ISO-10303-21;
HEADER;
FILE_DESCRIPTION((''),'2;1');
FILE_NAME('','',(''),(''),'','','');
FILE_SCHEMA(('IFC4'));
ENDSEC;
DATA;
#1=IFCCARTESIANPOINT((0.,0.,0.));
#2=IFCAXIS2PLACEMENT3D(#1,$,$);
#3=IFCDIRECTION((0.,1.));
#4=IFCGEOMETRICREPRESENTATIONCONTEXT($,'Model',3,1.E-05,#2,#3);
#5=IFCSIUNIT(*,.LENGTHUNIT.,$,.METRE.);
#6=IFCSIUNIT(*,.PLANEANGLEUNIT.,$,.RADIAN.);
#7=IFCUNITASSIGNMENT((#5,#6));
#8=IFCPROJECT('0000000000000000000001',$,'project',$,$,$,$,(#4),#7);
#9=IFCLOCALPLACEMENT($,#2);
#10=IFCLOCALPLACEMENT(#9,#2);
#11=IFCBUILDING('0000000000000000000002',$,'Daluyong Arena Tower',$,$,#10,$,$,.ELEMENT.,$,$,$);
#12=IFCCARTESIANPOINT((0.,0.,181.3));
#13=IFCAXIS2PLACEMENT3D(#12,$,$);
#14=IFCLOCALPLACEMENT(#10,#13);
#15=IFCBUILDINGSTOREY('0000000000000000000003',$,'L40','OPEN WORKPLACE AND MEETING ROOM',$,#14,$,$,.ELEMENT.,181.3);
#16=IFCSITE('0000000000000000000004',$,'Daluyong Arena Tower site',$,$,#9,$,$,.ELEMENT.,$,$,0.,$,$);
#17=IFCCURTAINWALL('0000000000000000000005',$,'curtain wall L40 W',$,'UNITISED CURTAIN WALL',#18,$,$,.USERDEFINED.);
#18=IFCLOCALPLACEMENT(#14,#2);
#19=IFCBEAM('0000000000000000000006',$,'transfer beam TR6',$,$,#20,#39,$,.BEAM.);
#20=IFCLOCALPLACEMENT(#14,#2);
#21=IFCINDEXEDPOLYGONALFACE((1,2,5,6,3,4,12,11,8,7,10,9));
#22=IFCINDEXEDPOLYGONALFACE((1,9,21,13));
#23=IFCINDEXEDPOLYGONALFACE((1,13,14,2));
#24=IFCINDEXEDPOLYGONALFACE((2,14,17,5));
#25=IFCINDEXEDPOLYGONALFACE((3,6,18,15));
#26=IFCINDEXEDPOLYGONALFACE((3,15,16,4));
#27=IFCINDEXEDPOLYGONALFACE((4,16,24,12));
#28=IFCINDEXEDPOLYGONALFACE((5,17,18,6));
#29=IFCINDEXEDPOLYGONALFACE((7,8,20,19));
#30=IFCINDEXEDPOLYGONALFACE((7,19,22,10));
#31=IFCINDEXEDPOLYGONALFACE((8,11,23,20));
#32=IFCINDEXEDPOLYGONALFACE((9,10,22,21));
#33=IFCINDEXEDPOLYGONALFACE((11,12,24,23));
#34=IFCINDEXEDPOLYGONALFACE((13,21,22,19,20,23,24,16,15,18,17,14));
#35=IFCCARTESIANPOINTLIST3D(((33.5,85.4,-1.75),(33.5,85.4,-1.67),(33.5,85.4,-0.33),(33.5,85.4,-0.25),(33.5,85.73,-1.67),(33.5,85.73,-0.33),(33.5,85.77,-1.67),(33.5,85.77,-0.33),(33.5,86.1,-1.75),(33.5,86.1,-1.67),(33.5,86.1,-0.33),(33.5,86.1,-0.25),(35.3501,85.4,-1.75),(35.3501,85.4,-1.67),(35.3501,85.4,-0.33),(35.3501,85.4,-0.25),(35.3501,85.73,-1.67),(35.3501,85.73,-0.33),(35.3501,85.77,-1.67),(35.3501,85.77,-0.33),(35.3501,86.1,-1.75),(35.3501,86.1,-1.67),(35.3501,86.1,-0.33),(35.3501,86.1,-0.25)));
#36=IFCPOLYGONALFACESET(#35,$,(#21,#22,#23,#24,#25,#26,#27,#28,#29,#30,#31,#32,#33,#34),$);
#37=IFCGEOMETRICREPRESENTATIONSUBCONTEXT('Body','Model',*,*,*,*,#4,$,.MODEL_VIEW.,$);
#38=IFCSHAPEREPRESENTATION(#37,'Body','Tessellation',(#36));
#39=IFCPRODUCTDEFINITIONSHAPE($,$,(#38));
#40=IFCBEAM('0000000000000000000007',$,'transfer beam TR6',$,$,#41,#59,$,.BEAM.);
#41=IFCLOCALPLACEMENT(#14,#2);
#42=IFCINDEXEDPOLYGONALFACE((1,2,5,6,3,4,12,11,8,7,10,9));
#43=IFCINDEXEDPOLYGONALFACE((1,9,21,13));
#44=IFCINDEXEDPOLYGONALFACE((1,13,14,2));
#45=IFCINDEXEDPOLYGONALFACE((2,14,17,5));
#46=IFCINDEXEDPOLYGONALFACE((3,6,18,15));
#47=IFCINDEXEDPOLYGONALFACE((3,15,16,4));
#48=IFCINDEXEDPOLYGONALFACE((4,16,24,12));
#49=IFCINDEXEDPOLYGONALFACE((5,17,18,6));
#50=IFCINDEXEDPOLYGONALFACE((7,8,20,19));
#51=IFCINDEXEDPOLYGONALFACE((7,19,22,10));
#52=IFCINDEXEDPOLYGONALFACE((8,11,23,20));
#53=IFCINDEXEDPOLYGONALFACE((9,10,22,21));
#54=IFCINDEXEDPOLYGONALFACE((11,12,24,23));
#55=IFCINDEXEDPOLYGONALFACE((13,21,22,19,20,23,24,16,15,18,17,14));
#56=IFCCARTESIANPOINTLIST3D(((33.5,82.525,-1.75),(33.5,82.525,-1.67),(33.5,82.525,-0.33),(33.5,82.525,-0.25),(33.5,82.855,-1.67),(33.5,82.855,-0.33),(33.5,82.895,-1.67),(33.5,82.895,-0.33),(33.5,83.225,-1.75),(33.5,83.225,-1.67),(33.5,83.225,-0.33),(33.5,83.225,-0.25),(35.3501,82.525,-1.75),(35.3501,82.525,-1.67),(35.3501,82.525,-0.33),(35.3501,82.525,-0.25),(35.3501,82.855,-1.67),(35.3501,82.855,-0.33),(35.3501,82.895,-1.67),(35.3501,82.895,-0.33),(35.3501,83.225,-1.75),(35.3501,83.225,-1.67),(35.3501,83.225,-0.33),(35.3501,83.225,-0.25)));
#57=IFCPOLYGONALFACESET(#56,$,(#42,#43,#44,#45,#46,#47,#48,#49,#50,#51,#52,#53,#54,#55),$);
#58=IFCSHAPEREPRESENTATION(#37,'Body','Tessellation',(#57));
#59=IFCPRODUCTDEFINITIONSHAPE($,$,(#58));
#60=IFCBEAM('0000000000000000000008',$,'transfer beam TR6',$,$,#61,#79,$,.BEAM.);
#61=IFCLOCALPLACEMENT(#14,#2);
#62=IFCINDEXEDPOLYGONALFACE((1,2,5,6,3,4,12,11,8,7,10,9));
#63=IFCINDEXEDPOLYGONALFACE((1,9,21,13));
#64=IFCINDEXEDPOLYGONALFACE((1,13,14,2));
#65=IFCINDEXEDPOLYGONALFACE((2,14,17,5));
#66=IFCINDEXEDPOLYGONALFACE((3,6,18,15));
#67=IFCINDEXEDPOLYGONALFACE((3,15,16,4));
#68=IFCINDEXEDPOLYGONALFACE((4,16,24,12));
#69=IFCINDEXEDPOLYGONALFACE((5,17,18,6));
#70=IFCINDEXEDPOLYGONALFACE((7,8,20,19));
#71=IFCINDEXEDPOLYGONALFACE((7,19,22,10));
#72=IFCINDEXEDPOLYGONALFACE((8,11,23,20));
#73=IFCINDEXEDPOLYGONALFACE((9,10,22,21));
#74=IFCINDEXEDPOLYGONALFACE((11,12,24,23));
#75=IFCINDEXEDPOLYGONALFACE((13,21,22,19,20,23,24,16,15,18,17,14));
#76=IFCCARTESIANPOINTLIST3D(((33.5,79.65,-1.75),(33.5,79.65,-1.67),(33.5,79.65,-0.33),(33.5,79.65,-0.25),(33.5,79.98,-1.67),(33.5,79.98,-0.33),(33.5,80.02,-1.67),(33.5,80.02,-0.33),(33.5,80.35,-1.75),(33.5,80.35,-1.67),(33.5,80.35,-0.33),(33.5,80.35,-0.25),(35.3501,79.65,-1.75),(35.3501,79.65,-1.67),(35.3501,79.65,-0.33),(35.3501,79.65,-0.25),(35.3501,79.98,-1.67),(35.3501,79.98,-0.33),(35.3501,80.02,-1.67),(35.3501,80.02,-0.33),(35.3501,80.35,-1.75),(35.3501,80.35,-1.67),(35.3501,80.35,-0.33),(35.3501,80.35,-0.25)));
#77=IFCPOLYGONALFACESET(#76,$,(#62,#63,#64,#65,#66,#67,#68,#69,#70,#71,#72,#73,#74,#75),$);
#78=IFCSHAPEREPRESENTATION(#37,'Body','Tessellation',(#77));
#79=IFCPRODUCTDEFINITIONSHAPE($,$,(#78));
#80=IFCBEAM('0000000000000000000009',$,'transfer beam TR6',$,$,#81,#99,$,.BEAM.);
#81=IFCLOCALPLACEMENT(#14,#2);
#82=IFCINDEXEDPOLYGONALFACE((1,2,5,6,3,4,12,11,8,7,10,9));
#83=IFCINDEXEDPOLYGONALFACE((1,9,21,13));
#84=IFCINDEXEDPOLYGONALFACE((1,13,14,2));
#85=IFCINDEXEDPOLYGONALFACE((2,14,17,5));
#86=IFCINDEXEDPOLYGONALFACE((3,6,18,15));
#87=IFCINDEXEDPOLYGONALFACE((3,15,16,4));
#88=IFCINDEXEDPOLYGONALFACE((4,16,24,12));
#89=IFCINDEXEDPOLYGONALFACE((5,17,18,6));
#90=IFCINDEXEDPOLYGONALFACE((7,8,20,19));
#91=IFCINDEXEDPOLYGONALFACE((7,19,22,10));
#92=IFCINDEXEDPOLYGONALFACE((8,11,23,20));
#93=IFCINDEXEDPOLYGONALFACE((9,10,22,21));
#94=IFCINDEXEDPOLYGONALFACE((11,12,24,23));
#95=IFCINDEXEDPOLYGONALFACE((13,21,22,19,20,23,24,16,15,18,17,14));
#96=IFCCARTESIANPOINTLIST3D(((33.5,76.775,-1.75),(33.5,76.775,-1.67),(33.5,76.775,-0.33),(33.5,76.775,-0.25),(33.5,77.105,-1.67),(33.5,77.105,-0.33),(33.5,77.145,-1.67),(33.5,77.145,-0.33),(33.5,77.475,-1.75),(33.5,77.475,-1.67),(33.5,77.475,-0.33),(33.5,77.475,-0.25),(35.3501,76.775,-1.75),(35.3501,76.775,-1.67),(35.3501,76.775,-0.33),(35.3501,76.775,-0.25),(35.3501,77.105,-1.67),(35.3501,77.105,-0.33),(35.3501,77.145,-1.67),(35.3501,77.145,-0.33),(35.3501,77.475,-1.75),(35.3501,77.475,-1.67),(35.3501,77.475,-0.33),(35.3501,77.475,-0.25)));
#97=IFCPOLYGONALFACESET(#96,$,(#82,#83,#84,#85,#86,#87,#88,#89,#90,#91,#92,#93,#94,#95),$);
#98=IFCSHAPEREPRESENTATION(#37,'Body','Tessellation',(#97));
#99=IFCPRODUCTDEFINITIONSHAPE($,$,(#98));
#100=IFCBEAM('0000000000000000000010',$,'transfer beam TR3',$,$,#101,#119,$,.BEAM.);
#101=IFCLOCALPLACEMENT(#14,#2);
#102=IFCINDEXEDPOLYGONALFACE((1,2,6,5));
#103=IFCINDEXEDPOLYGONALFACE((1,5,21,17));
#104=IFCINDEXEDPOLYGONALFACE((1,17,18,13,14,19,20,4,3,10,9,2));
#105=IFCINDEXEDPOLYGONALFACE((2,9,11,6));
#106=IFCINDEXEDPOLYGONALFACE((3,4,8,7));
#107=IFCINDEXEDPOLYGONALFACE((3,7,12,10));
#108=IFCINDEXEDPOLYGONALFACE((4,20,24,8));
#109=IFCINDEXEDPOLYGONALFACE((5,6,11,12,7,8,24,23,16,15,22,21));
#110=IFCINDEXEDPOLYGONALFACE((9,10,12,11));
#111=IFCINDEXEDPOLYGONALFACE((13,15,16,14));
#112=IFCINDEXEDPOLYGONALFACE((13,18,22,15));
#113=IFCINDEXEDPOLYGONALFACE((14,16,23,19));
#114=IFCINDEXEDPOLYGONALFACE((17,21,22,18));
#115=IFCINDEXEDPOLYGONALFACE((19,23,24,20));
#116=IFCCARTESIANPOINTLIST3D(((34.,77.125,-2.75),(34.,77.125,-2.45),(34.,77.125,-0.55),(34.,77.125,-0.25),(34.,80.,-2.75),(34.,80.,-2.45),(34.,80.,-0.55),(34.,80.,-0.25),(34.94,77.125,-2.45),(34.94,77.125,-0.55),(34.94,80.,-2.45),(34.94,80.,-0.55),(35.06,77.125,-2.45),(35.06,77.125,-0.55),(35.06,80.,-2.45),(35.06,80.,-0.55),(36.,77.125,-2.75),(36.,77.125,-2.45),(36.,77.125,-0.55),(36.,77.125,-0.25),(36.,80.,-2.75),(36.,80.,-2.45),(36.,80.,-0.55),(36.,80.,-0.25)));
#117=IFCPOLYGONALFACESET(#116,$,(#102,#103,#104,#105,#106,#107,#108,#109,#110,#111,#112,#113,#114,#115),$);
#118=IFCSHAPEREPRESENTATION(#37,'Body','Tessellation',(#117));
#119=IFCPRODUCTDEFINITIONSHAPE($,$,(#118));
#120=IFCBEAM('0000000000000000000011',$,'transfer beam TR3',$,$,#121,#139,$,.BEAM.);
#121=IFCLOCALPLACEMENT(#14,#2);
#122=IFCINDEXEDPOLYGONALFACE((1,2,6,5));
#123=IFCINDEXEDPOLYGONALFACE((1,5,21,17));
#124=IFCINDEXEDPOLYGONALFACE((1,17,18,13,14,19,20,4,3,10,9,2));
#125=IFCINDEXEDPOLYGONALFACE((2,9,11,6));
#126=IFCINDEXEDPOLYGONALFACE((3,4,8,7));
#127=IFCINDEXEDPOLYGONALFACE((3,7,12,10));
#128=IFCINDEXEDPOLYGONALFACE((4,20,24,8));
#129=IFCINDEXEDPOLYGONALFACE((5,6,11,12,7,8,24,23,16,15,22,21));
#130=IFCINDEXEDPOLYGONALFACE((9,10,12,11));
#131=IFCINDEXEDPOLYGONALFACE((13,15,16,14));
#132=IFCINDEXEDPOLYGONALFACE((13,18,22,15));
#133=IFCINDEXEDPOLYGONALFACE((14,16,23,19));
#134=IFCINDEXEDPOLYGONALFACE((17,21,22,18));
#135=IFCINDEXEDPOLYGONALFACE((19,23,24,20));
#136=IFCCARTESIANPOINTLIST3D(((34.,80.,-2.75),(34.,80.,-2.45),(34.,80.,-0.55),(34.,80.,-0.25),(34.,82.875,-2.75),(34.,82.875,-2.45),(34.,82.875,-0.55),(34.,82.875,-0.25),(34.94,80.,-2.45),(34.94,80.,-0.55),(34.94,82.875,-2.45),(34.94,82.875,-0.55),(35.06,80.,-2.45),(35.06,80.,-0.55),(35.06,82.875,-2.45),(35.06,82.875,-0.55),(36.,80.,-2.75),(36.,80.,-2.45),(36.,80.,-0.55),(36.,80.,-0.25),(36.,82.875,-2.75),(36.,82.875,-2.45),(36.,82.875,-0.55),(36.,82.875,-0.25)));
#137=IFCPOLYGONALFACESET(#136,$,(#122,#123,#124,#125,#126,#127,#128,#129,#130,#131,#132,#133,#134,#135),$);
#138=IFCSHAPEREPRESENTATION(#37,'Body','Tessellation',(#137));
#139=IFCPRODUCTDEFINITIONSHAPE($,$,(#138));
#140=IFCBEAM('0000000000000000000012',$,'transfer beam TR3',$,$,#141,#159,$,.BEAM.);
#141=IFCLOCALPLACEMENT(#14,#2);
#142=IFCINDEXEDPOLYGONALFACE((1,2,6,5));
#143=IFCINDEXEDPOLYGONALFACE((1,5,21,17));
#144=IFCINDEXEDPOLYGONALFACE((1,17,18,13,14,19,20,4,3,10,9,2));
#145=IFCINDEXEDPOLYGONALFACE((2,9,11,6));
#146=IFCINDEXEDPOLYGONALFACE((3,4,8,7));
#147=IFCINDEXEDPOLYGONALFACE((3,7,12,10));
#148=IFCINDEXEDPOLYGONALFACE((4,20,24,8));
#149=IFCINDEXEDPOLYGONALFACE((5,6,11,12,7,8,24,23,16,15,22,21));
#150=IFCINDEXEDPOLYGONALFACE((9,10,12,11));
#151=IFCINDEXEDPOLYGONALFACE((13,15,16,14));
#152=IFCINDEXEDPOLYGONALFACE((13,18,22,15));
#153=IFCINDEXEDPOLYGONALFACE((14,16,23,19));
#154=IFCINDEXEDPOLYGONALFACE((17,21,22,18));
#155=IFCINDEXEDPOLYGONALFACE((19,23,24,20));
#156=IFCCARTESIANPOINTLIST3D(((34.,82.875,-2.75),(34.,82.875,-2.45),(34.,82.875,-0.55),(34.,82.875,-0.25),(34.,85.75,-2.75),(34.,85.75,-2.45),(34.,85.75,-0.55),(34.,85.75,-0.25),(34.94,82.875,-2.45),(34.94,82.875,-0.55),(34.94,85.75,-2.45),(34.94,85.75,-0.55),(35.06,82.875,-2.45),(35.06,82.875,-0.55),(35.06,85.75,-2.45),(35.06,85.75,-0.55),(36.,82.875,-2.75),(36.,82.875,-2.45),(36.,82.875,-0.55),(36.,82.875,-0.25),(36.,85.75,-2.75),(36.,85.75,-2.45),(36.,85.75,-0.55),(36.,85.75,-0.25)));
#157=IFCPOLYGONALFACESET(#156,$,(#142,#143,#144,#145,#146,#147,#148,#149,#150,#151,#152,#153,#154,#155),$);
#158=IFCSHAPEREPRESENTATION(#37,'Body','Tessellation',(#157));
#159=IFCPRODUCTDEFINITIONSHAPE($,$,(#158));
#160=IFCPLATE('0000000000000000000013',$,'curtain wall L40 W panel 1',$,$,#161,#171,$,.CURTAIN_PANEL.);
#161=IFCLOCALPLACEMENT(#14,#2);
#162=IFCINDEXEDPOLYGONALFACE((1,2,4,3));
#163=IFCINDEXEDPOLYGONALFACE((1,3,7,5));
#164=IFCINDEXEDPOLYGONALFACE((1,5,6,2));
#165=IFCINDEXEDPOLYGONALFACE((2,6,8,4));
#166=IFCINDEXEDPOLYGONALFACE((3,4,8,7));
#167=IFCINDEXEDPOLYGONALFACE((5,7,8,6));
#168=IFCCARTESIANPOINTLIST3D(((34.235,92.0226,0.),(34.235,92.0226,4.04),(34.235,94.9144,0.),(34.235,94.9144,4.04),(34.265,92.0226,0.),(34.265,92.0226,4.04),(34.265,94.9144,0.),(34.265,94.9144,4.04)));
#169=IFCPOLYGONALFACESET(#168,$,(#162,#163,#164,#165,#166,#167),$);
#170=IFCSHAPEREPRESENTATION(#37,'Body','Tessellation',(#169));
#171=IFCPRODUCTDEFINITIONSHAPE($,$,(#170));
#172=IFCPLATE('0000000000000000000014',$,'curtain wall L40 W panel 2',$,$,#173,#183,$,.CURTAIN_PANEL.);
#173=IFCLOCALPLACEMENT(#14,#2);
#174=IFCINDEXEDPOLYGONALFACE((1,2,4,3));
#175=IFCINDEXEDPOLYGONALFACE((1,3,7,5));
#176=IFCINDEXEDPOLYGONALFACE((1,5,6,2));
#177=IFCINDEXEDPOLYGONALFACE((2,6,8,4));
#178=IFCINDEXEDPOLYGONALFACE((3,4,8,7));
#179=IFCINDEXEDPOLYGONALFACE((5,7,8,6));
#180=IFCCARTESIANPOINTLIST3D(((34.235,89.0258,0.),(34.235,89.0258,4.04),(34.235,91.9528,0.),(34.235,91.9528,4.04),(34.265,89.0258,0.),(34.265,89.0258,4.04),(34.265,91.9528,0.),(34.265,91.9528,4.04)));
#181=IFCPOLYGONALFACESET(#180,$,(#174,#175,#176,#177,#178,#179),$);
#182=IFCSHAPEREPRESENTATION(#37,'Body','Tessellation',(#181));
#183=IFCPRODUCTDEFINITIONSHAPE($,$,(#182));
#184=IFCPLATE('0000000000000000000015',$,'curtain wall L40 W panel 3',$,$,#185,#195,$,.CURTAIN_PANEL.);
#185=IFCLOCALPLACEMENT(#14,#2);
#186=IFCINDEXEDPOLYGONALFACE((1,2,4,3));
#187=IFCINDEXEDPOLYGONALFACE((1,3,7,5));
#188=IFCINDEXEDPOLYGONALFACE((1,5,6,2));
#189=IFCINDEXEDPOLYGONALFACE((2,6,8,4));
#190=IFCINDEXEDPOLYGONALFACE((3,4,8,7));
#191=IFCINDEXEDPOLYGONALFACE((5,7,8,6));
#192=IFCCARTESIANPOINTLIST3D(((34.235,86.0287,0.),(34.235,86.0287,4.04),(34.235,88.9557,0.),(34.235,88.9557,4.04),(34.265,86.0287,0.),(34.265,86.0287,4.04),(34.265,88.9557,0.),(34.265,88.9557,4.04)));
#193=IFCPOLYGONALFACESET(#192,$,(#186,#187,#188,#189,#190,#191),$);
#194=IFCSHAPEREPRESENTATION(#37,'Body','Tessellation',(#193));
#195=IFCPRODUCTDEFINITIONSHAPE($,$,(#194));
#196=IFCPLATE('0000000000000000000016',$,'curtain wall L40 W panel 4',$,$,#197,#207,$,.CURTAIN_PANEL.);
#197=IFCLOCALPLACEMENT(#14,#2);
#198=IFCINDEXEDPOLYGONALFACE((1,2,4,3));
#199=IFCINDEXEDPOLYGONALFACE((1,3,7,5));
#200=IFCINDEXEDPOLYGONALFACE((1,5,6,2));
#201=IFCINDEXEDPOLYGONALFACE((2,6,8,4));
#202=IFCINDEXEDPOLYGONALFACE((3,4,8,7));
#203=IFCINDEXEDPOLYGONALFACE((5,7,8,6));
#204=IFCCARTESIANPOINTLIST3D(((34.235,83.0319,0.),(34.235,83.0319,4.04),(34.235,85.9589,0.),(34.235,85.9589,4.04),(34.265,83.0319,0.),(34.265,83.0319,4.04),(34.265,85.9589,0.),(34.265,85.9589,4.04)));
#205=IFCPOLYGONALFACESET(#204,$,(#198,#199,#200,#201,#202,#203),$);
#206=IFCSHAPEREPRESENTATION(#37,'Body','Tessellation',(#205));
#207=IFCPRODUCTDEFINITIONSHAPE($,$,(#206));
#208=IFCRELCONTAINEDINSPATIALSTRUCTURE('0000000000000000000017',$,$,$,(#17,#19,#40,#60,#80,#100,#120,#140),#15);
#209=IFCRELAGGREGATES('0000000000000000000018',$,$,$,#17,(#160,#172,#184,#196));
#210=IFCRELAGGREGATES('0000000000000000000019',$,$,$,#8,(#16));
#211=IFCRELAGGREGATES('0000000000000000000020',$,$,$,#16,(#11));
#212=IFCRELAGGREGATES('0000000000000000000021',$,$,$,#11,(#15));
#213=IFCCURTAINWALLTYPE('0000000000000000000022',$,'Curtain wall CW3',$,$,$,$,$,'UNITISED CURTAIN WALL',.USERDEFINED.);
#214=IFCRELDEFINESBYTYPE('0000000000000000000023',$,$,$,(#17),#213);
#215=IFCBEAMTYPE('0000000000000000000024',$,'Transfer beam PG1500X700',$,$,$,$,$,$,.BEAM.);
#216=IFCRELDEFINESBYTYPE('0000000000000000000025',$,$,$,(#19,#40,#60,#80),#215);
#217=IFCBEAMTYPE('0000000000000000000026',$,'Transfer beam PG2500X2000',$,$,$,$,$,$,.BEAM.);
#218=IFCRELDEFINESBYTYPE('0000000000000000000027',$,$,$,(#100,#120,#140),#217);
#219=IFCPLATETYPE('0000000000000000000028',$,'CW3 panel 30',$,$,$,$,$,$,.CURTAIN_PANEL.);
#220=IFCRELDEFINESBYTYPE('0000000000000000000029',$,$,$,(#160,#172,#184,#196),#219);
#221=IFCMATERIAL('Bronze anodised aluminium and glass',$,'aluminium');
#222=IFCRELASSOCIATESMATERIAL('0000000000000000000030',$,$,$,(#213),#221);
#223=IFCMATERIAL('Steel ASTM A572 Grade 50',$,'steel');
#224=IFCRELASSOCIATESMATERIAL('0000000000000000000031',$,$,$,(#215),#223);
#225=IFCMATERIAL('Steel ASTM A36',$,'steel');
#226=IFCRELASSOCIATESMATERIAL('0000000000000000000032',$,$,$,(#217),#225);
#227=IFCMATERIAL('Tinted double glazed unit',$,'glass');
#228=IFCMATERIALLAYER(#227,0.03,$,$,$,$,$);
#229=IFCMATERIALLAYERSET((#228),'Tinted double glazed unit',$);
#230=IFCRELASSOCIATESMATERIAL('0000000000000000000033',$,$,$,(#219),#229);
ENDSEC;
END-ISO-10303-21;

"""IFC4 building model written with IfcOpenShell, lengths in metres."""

from ifc_helpers import new_model, si_unit, direction, frame, origin, origin_2d, place, context, subcontext, project, spatial, rectangle, i_section, extrude, material, layer, layer_set, material_profile, profile_set, type_object, element, aggregate, save


model = new_model("IFC4")

# Units and contexts
model_context = context("Model", 3, precision=1e-05, world=origin(), true_north=direction((0.0, 1.0)))
body_context = subcontext(model_context, "Body", "Model", "MODEL_VIEW")
ifc_project = project(units=[si_unit("LENGTHUNIT", "METRE"), si_unit("PLANEANGLEUNIT", "RADIAN")], contexts=[model_context])

# Site, building, storey
site_placement = place(None, origin())
site = spatial("IfcSite", under=ifc_project, at=site_placement, Name="Daluyong Arena Tower site", CompositionType="ELEMENT", RefElevation=0.0)
building_placement = place(site_placement, origin())
building = spatial("IfcBuilding", under=site, at=building_placement, Name="Daluyong Arena Tower", CompositionType="ELEMENT")
storey_placement = place(building_placement, frame((0.0, 0.0, 181.3)))
storey = spatial("IfcBuildingStorey", under=building, at=storey_placement, Name="L40", Description="OPEN WORKPLACE AND MEETING ROOM", CompositionType="ELEMENT", Elevation=181.3)

# Curtain wall
ifc_material_1 = material(Name="Bronze anodised aluminium and glass", Category="aluminium")
curtain_wall_type = type_object("IfcCurtainWallType", Name="Curtain wall CW3", ElementType="UNITISED CURTAIN WALL", PredefinedType="USERDEFINED", material=ifc_material_1)
curtain_wall_placement = place(storey_placement, origin())
curtain_wall = element("IfcCurtainWall", 1, at=curtain_wall_placement, inside=storey, type_object=curtain_wall_type, Name="curtain wall L40 W", ObjectType="UNITISED CURTAIN WALL", PredefinedType="USERDEFINED")

# Beams
ifc_material_2 = material(Name="Steel ASTM A572 Grade 50", Category="steel")
ifc_material_profile_1 = material_profile(ifc_material_2, i_section(OverallWidth=0.7, OverallDepth=1.5, WebThickness=0.04, FlangeThickness=0.08, at=origin_2d()))
ifc_profile_set_1 = profile_set([ifc_material_profile_1], Name="Steel ASTM A572 Grade 50")
beam_type_1 = type_object("IfcBeamType", Name="Transfer beam PG1500X700", PredefinedType="BEAM", material=ifc_profile_set_1)
for number, where, z_axis, x_axis, name in (
    (2, (33.5, 85.75, -1.0), (1.0, 0.0, 0.0), (0.0, 1.0, 0.0), "transfer beam TR6"),
    (3, (33.5, 82.875, -1.0), (1.0, 0.0, 0.0), (0.0, 1.0, 0.0), "transfer beam TR6"),
    (4, (33.5, 80.0, -1.0), (1.0, 0.0, 0.0), (0.0, 1.0, 0.0), "transfer beam TR6"),
    (5, (33.5, 77.125, -1.0), (1.0, 0.0, 0.0), (0.0, 1.0, 0.0), "transfer beam TR6"),
):
    element("IfcBeam", number, at=place(storey_placement, frame(where, z_axis=z_axis, x_axis=x_axis)), inside=storey, type_object=beam_type_1, Name=name, PredefinedType="BEAM", context=body_context, shape_type="SweptSolid", body=[
        extrude(i_section(OverallWidth=0.7, OverallDepth=1.5, WebThickness=0.04, FlangeThickness=0.08, at=origin_2d()), origin(), (0.0, 0.0, 1.0), 1.8501),
    ])
ifc_material_3 = material(Name="Steel ASTM A36", Category="steel")
ifc_material_profile_2 = material_profile(ifc_material_3, i_section(OverallWidth=2.0, OverallDepth=2.5, WebThickness=0.12, FlangeThickness=0.3, at=origin_2d()))
ifc_profile_set_2 = profile_set([ifc_material_profile_2], Name="Steel ASTM A36")
beam_type_2 = type_object("IfcBeamType", Name="Transfer beam PG2500X2000", PredefinedType="BEAM", material=ifc_profile_set_2)
for number, where, z_axis, x_axis, name in (
    (6, (35.0, 77.125, -1.5), (0.0, 1.0, 0.0), (-1.0, 0.0, 0.0), "transfer beam TR3"),
    (7, (35.0, 80.0, -1.5), (0.0, 1.0, 0.0), (-1.0, 0.0, 0.0), "transfer beam TR3"),
    (8, (35.0, 82.875, -1.5), (0.0, 1.0, 0.0), (-1.0, 0.0, 0.0), "transfer beam TR3"),
):
    element("IfcBeam", number, at=place(storey_placement, frame(where, z_axis=z_axis, x_axis=x_axis)), inside=storey, type_object=beam_type_2, Name=name, PredefinedType="BEAM", context=body_context, shape_type="SweptSolid", body=[
        extrude(i_section(OverallWidth=2.0, OverallDepth=2.5, WebThickness=0.12, FlangeThickness=0.3, at=origin_2d()), origin(), (0.0, 0.0, 1.0), 2.875),
    ])

# Plates
ifc_material_4 = material(Name="Tinted double glazed unit", Category="glass")
ifc_layer = layer(ifc_material_4, 0.03)
ifc_layer_set = layer_set([ifc_layer], Name="Tinted double glazed unit")
plate_type = type_object("IfcPlateType", Name="CW3 panel 30", PredefinedType="CURTAIN_PANEL", material=ifc_layer_set)
plate_1_placement = place(storey_placement, frame((34.25, 93.4685, 0.0), z_axis=(0.0, 0.0, 1.0), x_axis=(0.0, -1.0, 0.0)))
plate_1 = element("IfcPlate", 9, at=plate_1_placement, type_object=plate_type, Name="curtain wall L40 W panel 1", PredefinedType="CURTAIN_PANEL", context=body_context, shape_type="SweptSolid", body=[
    extrude(rectangle(XDim=2.8918, YDim=0.03, at=origin_2d()), origin(), (0.0, 0.0, 1.0), 4.04),
])
plate_2_placement = place(storey_placement, frame((34.25, 90.4893, 0.0), z_axis=(0.0, 0.0, 1.0), x_axis=(0.0, -1.0, 0.0)))
plate_2 = element("IfcPlate", 10, at=plate_2_placement, type_object=plate_type, Name="curtain wall L40 W panel 2", PredefinedType="CURTAIN_PANEL", context=body_context, shape_type="SweptSolid", body=[
    extrude(rectangle(XDim=2.927, YDim=0.03, at=origin_2d()), origin(), (0.0, 0.0, 1.0), 4.04),
])
plate_3_placement = place(storey_placement, frame((34.25, 87.4922, 0.0), z_axis=(0.0, 0.0, 1.0), x_axis=(0.0, -1.0, 0.0)))
plate_3 = element("IfcPlate", 11, at=plate_3_placement, type_object=plate_type, Name="curtain wall L40 W panel 3", PredefinedType="CURTAIN_PANEL", context=body_context, shape_type="SweptSolid", body=[
    extrude(rectangle(XDim=2.927, YDim=0.03, at=origin_2d()), origin(), (0.0, 0.0, 1.0), 4.04),
])
plate_4_placement = place(storey_placement, frame((34.25, 84.4954, 0.0), z_axis=(0.0, 0.0, 1.0), x_axis=(0.0, -1.0, 0.0)))
plate_4 = element("IfcPlate", 12, at=plate_4_placement, type_object=plate_type, Name="curtain wall L40 W panel 4", PredefinedType="CURTAIN_PANEL", context=body_context, shape_type="SweptSolid", body=[
    extrude(rectangle(XDim=2.927, YDim=0.03, at=origin_2d()), origin(), (0.0, 0.0, 1.0), 4.04),
])
aggregate(curtain_wall, [plate_1, plate_2, plate_3, plate_4])

save(model, "model.ifc")
